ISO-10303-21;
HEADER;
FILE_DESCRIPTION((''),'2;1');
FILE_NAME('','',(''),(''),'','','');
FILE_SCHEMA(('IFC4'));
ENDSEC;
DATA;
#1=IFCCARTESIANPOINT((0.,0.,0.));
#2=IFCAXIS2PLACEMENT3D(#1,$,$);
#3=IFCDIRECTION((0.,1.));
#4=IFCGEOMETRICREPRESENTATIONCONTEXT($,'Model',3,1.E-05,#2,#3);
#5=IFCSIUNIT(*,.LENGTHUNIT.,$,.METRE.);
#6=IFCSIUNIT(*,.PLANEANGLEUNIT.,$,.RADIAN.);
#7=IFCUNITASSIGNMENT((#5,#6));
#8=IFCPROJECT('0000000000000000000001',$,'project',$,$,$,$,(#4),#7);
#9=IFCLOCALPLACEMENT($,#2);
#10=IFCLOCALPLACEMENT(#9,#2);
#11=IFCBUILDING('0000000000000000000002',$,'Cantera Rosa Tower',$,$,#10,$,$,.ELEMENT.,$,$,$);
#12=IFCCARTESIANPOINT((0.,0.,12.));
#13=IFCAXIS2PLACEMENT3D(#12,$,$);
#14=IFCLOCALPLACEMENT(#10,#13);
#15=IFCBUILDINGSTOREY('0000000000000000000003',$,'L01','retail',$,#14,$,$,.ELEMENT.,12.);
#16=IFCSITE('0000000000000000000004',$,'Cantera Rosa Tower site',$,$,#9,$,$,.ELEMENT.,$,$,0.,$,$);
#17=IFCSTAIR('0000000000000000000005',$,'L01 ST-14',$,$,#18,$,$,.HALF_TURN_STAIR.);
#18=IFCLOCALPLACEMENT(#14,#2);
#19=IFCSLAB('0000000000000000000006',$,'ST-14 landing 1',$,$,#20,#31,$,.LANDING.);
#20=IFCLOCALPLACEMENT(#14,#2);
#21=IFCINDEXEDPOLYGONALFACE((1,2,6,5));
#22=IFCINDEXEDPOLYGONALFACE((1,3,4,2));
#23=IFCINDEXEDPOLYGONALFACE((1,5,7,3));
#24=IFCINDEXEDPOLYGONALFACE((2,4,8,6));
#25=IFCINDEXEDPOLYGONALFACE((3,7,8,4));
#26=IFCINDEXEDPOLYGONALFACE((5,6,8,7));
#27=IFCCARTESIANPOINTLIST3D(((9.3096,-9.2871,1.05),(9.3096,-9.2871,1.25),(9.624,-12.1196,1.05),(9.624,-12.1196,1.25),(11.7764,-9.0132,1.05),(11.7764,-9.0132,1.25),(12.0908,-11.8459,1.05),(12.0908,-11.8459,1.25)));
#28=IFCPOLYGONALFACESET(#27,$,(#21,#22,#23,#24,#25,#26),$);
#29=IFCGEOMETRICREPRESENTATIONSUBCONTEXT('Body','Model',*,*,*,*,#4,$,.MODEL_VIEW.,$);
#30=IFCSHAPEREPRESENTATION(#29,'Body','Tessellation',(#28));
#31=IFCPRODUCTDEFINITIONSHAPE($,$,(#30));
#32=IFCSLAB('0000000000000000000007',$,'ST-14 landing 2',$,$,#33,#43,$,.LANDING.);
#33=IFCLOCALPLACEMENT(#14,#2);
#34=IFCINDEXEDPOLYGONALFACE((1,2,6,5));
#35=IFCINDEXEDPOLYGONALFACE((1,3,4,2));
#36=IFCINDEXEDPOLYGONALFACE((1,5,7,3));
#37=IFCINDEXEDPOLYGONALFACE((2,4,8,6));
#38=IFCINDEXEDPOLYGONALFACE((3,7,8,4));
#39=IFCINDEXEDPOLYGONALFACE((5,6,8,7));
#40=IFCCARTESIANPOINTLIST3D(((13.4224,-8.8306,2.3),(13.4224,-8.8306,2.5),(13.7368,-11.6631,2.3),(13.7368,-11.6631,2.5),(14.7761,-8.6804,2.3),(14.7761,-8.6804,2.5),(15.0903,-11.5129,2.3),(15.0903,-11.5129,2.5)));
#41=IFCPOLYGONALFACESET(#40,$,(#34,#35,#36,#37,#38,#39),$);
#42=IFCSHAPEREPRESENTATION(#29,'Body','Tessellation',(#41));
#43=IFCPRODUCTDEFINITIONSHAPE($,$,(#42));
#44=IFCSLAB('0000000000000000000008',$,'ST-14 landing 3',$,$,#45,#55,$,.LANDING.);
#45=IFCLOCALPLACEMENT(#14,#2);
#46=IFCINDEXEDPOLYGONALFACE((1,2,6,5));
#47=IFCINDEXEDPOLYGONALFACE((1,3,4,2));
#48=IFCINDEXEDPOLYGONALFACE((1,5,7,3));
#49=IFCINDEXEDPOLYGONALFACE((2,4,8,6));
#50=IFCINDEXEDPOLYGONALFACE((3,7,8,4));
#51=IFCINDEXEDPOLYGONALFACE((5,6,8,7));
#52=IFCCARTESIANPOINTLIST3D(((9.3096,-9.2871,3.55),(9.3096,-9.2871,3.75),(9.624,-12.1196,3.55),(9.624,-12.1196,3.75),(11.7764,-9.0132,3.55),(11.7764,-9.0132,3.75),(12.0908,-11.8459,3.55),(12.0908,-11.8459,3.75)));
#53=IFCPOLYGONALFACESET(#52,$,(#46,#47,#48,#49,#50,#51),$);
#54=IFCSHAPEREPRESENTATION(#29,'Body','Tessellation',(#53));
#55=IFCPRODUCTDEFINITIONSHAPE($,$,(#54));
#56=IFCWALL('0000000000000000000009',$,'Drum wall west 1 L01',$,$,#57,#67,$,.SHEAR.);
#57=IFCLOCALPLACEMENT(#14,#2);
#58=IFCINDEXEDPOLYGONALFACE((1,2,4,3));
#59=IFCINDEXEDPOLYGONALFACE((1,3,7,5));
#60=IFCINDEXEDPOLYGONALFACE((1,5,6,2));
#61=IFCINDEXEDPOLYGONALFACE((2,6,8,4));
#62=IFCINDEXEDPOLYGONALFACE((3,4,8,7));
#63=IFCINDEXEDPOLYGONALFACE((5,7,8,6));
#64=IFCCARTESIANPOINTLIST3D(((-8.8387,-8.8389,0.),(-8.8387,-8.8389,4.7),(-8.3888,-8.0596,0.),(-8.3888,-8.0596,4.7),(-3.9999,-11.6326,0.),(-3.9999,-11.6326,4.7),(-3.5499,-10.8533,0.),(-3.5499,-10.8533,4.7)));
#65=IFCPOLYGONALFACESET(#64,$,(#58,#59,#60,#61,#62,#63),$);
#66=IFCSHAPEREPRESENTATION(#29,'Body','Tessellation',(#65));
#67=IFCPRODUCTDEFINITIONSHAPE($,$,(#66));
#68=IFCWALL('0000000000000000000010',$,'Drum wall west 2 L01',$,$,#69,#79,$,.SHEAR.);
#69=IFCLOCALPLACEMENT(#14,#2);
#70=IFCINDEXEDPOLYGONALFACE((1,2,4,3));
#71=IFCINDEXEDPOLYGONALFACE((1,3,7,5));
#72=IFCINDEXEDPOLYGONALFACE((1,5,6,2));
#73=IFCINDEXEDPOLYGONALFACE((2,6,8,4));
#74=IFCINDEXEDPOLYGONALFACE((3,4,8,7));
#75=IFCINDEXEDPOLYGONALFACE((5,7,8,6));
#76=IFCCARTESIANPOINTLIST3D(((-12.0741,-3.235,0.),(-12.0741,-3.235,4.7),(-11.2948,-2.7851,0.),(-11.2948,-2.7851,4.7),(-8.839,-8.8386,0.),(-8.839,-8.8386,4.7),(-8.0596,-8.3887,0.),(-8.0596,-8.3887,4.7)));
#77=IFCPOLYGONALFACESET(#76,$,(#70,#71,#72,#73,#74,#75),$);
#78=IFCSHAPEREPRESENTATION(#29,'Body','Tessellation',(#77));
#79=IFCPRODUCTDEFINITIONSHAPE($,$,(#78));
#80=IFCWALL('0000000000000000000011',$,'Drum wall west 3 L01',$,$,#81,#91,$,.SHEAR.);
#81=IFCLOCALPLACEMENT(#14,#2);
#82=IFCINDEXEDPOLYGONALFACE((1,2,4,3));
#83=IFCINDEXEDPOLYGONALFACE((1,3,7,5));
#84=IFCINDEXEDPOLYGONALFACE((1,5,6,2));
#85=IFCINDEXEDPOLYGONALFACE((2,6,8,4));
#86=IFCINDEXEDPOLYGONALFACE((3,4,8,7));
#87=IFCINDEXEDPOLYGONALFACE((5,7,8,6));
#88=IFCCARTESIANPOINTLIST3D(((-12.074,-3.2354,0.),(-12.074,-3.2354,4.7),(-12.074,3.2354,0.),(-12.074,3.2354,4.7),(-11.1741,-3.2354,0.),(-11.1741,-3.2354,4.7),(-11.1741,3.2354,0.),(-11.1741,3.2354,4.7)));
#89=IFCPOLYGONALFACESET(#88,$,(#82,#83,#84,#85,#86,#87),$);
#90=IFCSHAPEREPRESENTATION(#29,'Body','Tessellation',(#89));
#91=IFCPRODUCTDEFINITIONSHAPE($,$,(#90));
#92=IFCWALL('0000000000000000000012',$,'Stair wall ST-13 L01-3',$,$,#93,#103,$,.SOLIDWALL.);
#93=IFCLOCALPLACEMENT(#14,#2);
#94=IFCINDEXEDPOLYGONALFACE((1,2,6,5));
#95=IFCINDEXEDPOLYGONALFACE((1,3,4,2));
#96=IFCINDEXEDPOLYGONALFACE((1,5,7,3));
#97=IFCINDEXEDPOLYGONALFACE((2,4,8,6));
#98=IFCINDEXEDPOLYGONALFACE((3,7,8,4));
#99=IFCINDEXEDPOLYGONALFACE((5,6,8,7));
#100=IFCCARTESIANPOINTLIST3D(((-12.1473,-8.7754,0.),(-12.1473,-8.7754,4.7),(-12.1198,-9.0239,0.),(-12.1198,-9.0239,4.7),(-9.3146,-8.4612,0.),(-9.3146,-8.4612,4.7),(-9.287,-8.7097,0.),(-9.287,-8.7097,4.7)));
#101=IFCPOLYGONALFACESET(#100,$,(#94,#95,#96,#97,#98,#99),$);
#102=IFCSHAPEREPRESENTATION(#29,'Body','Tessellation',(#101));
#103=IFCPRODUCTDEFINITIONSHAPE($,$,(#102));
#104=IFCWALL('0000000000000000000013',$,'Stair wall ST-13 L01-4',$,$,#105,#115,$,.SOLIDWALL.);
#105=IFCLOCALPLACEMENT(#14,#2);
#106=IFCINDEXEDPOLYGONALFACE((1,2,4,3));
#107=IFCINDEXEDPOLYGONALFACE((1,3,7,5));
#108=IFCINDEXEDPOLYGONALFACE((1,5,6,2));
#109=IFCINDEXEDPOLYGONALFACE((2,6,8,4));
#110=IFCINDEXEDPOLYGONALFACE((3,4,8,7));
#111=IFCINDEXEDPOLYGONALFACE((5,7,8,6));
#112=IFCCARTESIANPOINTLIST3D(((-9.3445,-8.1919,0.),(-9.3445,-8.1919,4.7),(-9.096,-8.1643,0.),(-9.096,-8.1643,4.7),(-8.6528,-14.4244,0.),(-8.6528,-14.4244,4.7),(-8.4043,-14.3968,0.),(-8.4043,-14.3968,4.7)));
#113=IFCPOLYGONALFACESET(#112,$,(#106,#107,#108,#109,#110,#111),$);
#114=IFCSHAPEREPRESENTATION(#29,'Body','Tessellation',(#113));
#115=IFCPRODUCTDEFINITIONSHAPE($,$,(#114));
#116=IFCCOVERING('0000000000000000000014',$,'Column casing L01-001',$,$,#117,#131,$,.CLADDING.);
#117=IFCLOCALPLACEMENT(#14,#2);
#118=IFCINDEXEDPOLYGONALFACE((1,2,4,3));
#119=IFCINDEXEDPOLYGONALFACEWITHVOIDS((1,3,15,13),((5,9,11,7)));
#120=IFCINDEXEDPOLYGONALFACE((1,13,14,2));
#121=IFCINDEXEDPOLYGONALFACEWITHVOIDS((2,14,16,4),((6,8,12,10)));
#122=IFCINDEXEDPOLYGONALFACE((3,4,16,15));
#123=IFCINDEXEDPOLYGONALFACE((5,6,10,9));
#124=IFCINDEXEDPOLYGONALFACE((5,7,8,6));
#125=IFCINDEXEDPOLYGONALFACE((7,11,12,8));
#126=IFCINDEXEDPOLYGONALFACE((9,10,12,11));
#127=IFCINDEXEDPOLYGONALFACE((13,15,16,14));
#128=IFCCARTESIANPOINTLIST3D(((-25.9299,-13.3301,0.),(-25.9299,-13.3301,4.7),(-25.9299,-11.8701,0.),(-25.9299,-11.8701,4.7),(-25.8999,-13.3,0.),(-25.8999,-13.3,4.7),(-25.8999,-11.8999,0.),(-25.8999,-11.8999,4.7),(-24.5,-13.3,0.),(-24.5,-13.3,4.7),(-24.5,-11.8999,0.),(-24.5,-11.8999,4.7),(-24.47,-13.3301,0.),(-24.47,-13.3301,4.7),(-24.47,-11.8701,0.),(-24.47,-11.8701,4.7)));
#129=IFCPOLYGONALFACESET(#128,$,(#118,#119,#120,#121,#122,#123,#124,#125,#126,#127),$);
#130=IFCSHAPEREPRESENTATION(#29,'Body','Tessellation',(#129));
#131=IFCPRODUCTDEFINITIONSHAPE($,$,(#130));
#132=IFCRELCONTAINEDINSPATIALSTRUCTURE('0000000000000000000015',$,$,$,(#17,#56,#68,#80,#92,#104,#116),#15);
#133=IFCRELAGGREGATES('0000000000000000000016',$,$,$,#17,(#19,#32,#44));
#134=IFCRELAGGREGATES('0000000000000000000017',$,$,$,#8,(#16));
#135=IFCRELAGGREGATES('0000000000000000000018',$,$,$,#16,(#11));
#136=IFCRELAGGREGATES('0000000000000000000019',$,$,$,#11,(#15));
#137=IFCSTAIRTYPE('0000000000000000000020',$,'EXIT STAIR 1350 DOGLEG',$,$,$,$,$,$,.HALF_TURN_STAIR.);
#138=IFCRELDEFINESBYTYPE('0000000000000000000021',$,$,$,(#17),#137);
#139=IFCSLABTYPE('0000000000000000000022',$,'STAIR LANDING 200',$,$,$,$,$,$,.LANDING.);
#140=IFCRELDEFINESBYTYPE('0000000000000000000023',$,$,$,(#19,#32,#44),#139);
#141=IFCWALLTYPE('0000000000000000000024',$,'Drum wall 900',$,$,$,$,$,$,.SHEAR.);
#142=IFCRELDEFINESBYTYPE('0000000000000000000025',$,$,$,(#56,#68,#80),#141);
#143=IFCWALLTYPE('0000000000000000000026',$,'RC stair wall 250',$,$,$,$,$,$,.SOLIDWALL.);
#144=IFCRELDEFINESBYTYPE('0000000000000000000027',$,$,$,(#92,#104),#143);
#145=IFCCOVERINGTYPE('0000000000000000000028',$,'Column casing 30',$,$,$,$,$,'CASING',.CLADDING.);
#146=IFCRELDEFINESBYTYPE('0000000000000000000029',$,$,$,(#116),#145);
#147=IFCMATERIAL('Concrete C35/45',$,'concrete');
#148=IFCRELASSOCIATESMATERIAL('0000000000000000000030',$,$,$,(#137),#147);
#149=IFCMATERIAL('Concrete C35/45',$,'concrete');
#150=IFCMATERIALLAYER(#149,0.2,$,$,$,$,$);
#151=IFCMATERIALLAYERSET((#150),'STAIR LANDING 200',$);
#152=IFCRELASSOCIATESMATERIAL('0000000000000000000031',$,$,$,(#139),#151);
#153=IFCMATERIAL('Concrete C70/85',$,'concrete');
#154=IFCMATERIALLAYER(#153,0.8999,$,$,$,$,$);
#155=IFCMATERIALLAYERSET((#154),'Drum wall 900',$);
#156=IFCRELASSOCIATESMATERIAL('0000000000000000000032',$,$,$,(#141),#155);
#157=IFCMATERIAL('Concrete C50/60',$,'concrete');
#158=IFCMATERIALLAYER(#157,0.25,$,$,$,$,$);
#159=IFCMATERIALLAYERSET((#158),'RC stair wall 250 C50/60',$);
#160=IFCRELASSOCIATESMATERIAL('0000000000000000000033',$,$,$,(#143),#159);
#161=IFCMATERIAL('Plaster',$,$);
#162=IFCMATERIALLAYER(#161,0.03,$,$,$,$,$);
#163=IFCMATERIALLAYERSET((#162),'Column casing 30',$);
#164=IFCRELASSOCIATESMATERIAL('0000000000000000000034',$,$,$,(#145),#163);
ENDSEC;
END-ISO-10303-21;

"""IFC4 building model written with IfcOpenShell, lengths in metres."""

from ifc_helpers import new_model, si_unit, direction, frame, frame_2d, origin, place, context, subcontext, project, spatial, polyline, rectangle, outline, extrude, material, layer, layer_set, type_object, element, aggregate, save


model = new_model("IFC4")

# Units and contexts
model_context = context("Model", 3, precision=1e-05, world=origin(), true_north=direction((0.0, 1.0)))
body_context = subcontext(model_context, "Body", "Model", "MODEL_VIEW")
ifc_project = project(units=[si_unit("LENGTHUNIT", "METRE"), si_unit("PLANEANGLEUNIT", "RADIAN")], contexts=[model_context])

# Site, building, storey
site_placement = place(None, origin())
site = spatial("IfcSite", under=ifc_project, at=site_placement, Name="Cantera Rosa Tower site", CompositionType="ELEMENT", RefElevation=0.0)
building_placement = place(site_placement, origin())
building = spatial("IfcBuilding", under=site, at=building_placement, Name="Cantera Rosa Tower", CompositionType="ELEMENT")
storey_placement = place(building_placement, frame((0.0, 0.0, 12.0)))
storey = spatial("IfcBuildingStorey", under=building, at=storey_placement, Name="L01", Description="retail", CompositionType="ELEMENT", Elevation=12.0)

# Stair, slabs
ifc_material_1 = material(Name="Concrete C35/45", Category="concrete")
stair_type = type_object("IfcStairType", Name="EXIT STAIR 1350 DOGLEG", PredefinedType="HALF_TURN_STAIR", material=ifc_material_1)
ifc_material_2 = material(Name="Concrete C35/45", Category="concrete")
ifc_layer_1 = layer(ifc_material_2, 0.2)
ifc_layer_set_1 = layer_set([ifc_layer_1], Name="STAIR LANDING 200")
slab_type_1 = type_object("IfcSlabType", Name="STAIR LANDING 200", PredefinedType="LANDING", material=ifc_layer_set_1)
stair_1_placement = place(storey_placement, origin())
stair_1 = element("IfcStair", 1, at=stair_1_placement, inside=storey, type_object=stair_type, Name="L01 ST-14", PredefinedType="HALF_TURN_STAIR")
slab_1_placement = place(storey_placement, frame((0.0, 0.0, 1.05)))
slab_1 = element("IfcSlab", 2, at=slab_1_placement, type_object=slab_type_1, Name="ST-14 landing 1", PredefinedType="LANDING", context=body_context, shape_type="SweptSolid", body=[
    extrude(outline(polyline([(11.7764, -9.0132), (9.3096, -9.2871), (9.624, -12.1196), (12.0908, -11.8459), (11.7764, -9.0132)])), origin(), (0.0, 0.0, 1.0), 0.2),
])
slab_2_placement = place(storey_placement, frame((0.0, 0.0, 2.3)))
slab_2 = element("IfcSlab", 3, at=slab_2_placement, type_object=slab_type_1, Name="ST-14 landing 2", PredefinedType="LANDING", context=body_context, shape_type="SweptSolid", body=[
    extrude(outline(polyline([(14.7761, -8.6804), (13.4224, -8.8306), (13.7368, -11.6631), (15.0903, -11.5129), (14.7761, -8.6804)])), origin(), (0.0, 0.0, 1.0), 0.2),
])
slab_3_placement = place(storey_placement, frame((0.0, 0.0, 3.55)))
slab_3 = element("IfcSlab", 4, at=slab_3_placement, type_object=slab_type_1, Name="ST-14 landing 3", PredefinedType="LANDING", context=body_context, shape_type="SweptSolid", body=[
    extrude(outline(polyline([(11.7764, -9.0132), (9.3096, -9.2871), (9.624, -12.1196), (12.0908, -11.8459), (11.7764, -9.0132)])), origin(), (0.0, 0.0, 1.0), 0.2),
])
aggregate(stair_1, [slab_1, slab_2, slab_3])

# Walls
ifc_material_3 = material(Name="Concrete C70/85", Category="concrete")
ifc_layer_2 = layer(ifc_material_3, 0.8999)
ifc_layer_set_2 = layer_set([ifc_layer_2], Name="Drum wall 900")
wall_type_1 = type_object("IfcWallType", Name="Drum wall 900", PredefinedType="SHEAR", material=ifc_layer_set_2)
wall_1_placement = place(storey_placement, frame((-3.7749, -11.2429, 0.0), z_axis=(0.0, 0.0, 1.0), x_axis=(-0.866027, 0.499997, 0.0)))
element("IfcWall", 5, at=wall_1_placement, inside=storey, type_object=wall_type_1, Name="Drum wall west 1 L01", PredefinedType="SHEAR", context=body_context, shape_type="SweptSolid", body=[
    extrude(rectangle(XDim=5.5874, YDim=0.8999, at=frame_2d((2.7937, 0.0))), origin(), (0.0, 0.0, 1.0), 4.7),
])
wall_2_placement = place(storey_placement, frame((-8.4492, -8.6138, 0.0), z_axis=(0.0, 0.0, 1.0), x_axis=(-0.49999, 0.866031, 0.0)))
element("IfcWall", 6, at=wall_2_placement, inside=storey, type_object=wall_type_1, Name="Drum wall west 2 L01", PredefinedType="SHEAR", context=body_context, shape_type="SweptSolid", body=[
    extrude(rectangle(XDim=6.4705, YDim=0.8999, at=frame_2d((3.2354, 0.0))), origin(), (0.0, 0.0, 1.0), 4.7),
])
wall_3_placement = place(storey_placement, frame((-11.624, -3.2354, 0.0), z_axis=(0.0, 0.0, 1.0), x_axis=(0.0, 1.0, 0.0)))
element("IfcWall", 7, at=wall_3_placement, inside=storey, type_object=wall_type_1, Name="Drum wall west 3 L01", PredefinedType="SHEAR", context=body_context, shape_type="SweptSolid", body=[
    extrude(rectangle(XDim=6.4707, YDim=0.8999, at=frame_2d((3.2354, 0.0))), origin(), (0.0, 0.0, 1.0), 4.7),
])
ifc_material_4 = material(Name="Concrete C50/60", Category="concrete")
ifc_layer_3 = layer(ifc_material_4, 0.25)
ifc_layer_set_3 = layer_set([ifc_layer_3], Name="RC stair wall 250 C50/60")
wall_type_2 = type_object("IfcWallType", Name="RC stair wall 250", PredefinedType="SOLIDWALL", material=ifc_layer_set_3)
wall_4_placement = place(storey_placement, frame((-12.1335, -8.8997, 0.0), z_axis=(0.0, 0.0, 1.0), x_axis=(0.993905, 0.110243, 0.0)))
element("IfcWall", 8, at=wall_4_placement, inside=storey, type_object=wall_type_2, Name="Stair wall ST-13 L01-3", PredefinedType="SOLIDWALL", context=body_context, shape_type="SweptSolid", body=[
    extrude(rectangle(XDim=2.8501, YDim=0.25, at=frame_2d((1.425, 0.0))), origin(), (0.0, 0.0, 1.0), 4.7),
])
wall_5_placement = place(storey_placement, frame((-9.2202, -8.1782, 0.0), z_axis=(0.0, 0.0, 1.0), x_axis=(0.110299, -0.993898, 0.0)))
element("IfcWall", 9, at=wall_5_placement, inside=storey, type_object=wall_type_2, Name="Stair wall ST-13 L01-4", PredefinedType="SOLIDWALL", context=body_context, shape_type="SweptSolid", body=[
    extrude(rectangle(XDim=6.2708, YDim=0.25, at=frame_2d((3.1353, 0.0))), origin(), (0.0, 0.0, 1.0), 4.7),
])

# Covering
ifc_material_5 = material(Name="Plaster")
ifc_layer_4 = layer(ifc_material_5, 0.03)
ifc_layer_set_4 = layer_set([ifc_layer_4], Name="Column casing 30")
covering_type = type_object("IfcCoveringType", Name="Column casing 30", ElementType="CASING", PredefinedType="CLADDING", material=ifc_layer_set_4)
covering_placement = place(storey_placement, origin())
element("IfcCovering", 10, at=covering_placement, inside=storey, type_object=covering_type, Name="Column casing L01-001", PredefinedType="CLADDING", context=body_context, shape_type="SweptSolid", body=[
    extrude(outline(polyline([(-25.9299, -13.3301), (-24.47, -13.3301), (-24.47, -11.8701), (-25.9299, -11.8701), (-25.9299, -13.3301)]), holes=[polyline([(-24.5, -11.8999), (-25.8999, -11.8999), (-25.8999, -13.3), (-24.5, -13.3), (-24.5, -11.8999)])]), origin(), (0.0, 0.0, 1.0), 4.7),
])

save(model, "model.ifc")
